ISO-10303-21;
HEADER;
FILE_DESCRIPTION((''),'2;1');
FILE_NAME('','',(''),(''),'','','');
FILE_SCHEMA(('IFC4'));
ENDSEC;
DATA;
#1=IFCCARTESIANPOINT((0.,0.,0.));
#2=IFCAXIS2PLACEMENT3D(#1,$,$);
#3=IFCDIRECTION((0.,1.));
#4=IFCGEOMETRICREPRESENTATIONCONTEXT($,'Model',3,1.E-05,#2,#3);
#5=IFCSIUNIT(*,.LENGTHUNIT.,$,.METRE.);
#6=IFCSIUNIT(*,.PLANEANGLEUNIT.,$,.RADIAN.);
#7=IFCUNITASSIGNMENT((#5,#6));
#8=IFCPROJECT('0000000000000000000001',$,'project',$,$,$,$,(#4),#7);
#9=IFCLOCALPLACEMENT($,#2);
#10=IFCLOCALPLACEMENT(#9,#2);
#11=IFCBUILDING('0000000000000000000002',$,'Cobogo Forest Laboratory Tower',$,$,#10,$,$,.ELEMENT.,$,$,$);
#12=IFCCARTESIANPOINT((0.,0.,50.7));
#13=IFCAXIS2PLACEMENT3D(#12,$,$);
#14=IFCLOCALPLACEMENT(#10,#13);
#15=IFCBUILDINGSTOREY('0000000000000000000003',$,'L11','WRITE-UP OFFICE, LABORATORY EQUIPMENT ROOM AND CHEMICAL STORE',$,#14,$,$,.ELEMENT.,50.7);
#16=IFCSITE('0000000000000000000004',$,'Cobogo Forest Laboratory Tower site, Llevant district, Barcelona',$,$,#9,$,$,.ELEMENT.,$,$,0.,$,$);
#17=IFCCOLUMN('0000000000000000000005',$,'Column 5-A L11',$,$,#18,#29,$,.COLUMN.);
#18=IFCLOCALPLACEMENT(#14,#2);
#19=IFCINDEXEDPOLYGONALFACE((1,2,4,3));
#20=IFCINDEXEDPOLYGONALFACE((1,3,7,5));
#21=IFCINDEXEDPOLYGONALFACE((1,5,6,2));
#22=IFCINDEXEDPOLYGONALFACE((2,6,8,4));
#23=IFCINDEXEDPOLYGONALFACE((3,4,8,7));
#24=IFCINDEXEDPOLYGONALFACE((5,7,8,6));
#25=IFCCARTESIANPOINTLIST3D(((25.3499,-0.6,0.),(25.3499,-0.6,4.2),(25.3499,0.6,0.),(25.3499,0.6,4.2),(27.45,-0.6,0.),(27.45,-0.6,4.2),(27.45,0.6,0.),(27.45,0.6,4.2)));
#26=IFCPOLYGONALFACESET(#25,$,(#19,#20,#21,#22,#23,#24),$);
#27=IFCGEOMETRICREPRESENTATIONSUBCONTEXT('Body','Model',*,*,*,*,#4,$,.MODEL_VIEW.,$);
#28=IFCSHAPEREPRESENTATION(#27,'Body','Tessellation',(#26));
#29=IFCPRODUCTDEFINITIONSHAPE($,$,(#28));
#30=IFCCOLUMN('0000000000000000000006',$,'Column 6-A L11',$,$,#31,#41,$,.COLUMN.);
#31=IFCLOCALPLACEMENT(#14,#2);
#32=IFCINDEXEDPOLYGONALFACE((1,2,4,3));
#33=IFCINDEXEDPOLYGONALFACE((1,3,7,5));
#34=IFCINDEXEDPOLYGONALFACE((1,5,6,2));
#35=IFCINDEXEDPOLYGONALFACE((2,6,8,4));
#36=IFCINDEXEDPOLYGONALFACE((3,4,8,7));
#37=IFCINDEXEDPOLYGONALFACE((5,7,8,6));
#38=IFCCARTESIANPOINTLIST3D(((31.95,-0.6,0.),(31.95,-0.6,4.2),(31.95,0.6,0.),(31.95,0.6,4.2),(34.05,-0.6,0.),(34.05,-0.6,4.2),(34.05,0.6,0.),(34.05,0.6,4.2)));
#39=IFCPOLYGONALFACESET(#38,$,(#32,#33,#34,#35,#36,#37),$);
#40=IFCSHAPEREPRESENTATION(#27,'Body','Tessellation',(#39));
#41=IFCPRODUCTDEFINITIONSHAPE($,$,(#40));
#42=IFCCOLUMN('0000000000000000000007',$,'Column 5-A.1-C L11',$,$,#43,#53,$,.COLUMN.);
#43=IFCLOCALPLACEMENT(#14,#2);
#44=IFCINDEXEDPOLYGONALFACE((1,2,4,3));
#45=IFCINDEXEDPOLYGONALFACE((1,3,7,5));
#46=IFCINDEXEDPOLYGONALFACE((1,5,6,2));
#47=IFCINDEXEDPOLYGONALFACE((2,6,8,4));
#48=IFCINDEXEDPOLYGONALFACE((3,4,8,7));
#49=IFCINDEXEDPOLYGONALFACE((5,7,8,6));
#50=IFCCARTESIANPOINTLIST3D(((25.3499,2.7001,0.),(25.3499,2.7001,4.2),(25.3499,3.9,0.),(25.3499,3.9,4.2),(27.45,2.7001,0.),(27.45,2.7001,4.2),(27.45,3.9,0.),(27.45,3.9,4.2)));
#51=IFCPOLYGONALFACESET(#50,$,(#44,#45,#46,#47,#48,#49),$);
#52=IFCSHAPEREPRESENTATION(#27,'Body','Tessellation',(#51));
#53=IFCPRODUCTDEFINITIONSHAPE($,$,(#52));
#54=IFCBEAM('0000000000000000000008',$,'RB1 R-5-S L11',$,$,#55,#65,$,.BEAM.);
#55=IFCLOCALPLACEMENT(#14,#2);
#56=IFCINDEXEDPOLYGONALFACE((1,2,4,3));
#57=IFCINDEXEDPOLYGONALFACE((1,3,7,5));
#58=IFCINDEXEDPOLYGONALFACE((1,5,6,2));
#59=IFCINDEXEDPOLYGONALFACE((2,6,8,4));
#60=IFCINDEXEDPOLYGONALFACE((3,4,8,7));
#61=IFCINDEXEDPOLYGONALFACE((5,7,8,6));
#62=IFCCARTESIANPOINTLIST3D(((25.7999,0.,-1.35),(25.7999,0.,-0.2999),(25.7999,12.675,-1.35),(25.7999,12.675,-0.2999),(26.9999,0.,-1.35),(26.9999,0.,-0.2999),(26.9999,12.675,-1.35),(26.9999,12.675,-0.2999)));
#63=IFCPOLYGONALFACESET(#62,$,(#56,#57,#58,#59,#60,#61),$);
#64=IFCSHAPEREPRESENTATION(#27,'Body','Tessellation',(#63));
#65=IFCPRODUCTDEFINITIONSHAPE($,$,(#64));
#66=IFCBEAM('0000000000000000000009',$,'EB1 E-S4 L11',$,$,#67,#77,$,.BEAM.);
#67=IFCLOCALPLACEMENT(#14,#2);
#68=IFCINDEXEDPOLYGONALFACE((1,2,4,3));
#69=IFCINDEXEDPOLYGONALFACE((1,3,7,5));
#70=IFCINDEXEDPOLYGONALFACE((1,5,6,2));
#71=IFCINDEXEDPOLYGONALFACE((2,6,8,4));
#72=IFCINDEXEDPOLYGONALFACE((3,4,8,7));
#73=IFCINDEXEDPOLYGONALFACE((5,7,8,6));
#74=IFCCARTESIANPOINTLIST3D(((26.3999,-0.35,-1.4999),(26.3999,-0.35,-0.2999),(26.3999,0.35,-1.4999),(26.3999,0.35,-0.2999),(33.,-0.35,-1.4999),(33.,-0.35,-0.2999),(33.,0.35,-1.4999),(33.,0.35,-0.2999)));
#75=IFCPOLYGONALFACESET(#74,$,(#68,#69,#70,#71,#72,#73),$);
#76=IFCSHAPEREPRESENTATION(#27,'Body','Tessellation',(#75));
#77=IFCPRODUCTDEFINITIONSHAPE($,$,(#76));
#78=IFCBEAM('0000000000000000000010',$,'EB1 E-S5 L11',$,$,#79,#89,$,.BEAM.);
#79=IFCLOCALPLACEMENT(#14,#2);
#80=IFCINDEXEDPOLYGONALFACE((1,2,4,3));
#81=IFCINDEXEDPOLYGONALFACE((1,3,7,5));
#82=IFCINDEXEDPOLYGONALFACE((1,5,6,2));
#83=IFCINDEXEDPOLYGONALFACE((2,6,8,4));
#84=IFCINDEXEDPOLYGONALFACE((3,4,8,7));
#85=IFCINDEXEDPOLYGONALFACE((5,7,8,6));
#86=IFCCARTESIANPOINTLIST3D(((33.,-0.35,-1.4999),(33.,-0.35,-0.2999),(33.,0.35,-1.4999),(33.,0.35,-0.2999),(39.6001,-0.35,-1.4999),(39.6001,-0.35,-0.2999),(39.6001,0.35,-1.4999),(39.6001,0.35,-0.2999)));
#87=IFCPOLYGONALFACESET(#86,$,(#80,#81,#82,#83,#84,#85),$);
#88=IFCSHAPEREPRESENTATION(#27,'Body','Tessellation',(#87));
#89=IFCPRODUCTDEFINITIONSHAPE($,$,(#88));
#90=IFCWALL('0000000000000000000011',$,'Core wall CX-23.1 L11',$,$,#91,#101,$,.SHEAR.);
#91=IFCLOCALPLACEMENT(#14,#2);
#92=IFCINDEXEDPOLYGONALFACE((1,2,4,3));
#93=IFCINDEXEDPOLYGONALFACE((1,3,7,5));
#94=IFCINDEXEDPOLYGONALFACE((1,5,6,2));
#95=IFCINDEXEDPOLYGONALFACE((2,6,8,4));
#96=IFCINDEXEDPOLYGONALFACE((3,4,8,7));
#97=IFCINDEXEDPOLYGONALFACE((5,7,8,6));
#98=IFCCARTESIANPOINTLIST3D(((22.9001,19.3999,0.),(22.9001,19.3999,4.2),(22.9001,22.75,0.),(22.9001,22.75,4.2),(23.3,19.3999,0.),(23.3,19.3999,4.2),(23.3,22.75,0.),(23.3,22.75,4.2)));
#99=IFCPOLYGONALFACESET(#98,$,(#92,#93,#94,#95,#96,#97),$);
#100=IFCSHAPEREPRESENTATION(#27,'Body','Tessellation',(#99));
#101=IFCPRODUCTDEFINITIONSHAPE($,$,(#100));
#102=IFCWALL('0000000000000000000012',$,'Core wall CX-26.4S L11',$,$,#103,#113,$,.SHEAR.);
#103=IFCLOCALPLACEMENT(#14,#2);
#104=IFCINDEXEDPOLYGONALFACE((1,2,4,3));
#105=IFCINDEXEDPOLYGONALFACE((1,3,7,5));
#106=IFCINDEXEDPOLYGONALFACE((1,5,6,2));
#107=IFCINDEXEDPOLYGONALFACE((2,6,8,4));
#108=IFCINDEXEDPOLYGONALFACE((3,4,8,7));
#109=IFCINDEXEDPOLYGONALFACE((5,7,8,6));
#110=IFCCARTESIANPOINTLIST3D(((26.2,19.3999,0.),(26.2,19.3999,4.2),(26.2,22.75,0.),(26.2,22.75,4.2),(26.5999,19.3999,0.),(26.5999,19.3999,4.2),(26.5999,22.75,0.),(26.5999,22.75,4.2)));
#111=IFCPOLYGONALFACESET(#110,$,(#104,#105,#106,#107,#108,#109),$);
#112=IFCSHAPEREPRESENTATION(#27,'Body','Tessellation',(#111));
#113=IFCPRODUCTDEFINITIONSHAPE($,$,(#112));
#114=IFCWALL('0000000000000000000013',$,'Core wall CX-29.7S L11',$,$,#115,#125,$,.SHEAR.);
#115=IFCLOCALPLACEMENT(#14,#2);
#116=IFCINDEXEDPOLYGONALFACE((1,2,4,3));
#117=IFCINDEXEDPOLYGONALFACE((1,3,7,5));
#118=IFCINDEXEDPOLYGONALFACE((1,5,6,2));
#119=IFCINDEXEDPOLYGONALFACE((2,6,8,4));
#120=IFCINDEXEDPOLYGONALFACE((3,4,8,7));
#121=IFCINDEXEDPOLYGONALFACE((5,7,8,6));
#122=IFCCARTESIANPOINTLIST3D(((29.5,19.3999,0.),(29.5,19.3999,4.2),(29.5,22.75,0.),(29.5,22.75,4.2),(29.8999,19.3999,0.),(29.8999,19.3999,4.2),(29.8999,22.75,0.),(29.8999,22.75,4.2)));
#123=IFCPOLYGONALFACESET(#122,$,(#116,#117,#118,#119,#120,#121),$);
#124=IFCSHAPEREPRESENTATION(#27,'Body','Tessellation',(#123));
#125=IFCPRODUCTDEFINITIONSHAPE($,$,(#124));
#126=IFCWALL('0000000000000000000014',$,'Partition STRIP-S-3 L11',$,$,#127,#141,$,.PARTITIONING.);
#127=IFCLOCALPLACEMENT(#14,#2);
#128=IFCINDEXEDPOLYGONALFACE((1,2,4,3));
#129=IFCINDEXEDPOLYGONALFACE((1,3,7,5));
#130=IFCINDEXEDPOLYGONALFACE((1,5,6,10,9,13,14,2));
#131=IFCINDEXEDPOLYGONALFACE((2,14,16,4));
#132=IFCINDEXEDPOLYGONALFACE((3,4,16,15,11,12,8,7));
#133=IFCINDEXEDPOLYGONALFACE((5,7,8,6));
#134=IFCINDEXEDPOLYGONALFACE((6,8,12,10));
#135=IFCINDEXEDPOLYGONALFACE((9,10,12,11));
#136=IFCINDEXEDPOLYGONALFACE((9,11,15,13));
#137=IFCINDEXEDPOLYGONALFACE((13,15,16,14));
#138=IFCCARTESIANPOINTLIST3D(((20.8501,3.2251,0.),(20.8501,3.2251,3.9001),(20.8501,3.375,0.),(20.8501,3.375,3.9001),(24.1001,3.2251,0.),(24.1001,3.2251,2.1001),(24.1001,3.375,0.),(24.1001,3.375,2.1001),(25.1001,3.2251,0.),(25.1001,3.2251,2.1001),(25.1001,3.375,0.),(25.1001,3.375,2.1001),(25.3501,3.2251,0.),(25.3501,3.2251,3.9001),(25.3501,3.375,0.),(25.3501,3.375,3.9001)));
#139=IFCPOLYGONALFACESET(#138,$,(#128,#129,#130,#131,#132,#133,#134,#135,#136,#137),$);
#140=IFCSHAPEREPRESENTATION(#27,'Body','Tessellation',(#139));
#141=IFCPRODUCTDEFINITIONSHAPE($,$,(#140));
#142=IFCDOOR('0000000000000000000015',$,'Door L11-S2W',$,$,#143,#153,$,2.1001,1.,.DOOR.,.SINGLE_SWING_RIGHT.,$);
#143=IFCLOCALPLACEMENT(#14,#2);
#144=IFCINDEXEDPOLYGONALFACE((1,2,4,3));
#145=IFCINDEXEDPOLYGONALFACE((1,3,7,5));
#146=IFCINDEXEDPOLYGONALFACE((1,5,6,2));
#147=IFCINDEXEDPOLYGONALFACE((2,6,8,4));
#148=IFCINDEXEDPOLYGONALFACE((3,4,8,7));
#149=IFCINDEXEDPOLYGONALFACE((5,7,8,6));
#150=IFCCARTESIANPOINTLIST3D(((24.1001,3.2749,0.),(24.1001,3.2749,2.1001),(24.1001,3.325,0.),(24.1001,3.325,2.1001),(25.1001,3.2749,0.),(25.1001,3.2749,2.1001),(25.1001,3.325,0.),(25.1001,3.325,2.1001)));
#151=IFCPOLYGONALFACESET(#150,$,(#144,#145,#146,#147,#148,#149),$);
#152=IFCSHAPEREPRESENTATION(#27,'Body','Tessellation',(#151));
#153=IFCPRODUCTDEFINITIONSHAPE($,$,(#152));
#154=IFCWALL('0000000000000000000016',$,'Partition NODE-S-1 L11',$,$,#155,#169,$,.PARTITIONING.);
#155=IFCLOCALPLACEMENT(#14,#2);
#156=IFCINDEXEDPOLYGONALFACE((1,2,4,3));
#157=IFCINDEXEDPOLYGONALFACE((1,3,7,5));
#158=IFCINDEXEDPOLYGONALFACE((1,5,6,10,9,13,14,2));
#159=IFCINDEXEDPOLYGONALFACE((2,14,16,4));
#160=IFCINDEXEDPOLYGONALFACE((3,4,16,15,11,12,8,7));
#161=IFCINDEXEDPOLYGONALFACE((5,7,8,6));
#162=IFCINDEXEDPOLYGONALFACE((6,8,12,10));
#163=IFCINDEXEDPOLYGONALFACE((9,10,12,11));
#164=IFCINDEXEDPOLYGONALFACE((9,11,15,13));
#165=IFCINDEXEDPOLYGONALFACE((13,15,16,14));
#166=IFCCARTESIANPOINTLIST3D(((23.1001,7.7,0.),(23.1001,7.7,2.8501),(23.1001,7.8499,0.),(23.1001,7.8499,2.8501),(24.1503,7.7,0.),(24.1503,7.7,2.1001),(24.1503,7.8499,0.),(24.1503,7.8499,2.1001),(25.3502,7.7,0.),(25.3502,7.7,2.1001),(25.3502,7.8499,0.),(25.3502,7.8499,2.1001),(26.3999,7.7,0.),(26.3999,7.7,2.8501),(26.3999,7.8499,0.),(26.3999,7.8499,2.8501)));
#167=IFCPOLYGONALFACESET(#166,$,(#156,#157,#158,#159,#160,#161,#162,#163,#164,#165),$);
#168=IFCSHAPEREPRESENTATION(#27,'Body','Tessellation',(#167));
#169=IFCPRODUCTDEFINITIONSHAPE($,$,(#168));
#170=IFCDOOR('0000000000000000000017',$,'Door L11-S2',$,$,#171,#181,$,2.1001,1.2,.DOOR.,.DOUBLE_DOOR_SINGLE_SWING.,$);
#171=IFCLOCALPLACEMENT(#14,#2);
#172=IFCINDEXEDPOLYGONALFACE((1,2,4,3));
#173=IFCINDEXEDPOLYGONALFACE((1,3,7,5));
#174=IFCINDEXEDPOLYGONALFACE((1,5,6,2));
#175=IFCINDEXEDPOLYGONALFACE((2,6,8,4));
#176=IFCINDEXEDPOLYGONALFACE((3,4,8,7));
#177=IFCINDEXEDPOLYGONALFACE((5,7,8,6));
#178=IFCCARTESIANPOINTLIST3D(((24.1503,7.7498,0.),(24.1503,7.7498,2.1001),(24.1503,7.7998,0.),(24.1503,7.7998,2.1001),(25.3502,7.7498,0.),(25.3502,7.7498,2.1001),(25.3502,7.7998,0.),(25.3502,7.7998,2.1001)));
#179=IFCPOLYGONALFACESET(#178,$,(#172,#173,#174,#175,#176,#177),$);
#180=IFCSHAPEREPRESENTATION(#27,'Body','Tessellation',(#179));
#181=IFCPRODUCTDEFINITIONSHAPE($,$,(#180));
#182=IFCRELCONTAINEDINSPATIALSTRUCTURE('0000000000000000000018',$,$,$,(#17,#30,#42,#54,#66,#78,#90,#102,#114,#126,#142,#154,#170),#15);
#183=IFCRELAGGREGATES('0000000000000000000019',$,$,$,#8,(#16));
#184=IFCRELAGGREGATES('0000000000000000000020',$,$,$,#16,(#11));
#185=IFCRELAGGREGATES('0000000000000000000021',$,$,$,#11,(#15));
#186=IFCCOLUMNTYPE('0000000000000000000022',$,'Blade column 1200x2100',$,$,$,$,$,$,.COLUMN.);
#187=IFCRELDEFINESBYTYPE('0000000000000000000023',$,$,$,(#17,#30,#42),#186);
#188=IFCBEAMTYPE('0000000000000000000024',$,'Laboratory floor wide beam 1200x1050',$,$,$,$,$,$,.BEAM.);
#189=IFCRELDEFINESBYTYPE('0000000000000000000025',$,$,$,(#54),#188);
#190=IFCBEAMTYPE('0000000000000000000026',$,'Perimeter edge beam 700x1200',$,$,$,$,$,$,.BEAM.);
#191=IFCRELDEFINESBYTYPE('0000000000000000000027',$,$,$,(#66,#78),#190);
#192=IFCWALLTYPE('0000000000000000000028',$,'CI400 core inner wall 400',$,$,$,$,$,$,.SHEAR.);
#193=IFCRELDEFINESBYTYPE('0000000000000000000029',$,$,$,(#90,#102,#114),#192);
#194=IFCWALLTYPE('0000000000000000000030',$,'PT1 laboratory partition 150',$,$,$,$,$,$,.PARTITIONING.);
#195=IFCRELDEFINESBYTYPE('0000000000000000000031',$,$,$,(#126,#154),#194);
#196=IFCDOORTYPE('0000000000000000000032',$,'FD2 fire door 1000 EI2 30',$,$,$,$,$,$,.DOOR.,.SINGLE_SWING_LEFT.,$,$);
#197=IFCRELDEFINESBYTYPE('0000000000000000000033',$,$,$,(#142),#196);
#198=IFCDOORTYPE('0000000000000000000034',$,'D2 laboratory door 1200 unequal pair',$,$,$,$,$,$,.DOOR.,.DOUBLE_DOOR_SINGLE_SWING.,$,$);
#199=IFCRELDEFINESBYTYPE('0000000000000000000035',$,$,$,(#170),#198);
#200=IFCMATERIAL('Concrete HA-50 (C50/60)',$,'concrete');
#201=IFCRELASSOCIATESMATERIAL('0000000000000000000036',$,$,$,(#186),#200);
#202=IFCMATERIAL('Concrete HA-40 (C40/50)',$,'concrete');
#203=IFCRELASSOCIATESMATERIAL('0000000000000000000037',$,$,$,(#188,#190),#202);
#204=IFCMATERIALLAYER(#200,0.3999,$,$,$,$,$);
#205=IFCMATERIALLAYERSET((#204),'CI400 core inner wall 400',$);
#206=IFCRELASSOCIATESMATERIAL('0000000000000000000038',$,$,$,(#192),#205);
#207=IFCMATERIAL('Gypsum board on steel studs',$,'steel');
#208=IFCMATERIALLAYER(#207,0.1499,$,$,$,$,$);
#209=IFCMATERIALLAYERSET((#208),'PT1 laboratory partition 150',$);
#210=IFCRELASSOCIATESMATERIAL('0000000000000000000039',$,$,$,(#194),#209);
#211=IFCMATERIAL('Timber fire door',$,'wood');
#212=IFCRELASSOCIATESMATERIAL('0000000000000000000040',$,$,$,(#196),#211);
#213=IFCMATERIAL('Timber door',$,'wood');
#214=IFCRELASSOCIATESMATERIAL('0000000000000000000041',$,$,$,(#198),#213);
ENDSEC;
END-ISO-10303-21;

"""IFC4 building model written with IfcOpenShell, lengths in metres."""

from ifc_helpers import new_model, si_unit, direction, frame, frame_2d, origin, origin_2d, place, context, subcontext, project, spatial, rectangle, extrude, material, layer, layer_set, material_profile, profile_set, type_object, element, fill, save


model = new_model("IFC4")

# Units and contexts
model_context = context("Model", 3, precision=1e-05, world=origin(), true_north=direction((0.0, 1.0)))
body_context = subcontext(model_context, "Body", "Model", "MODEL_VIEW")
ifc_project = project(units=[si_unit("LENGTHUNIT", "METRE"), si_unit("PLANEANGLEUNIT", "RADIAN")], contexts=[model_context])

# Site, building, storey
site_placement = place(None, origin())
site = spatial("IfcSite", under=ifc_project, at=site_placement, Name="Cobogo Forest Laboratory Tower site, Llevant district, Barcelona", CompositionType="ELEMENT", RefElevation=0.0)
building_placement = place(site_placement, origin())
building = spatial("IfcBuilding", under=site, at=building_placement, Name="Cobogo Forest Laboratory Tower", CompositionType="ELEMENT")
storey_placement = place(building_placement, frame((0.0, 0.0, 50.7)))
storey = spatial("IfcBuildingStorey", under=building, at=storey_placement, Name="L11", Description="WRITE-UP OFFICE, LABORATORY EQUIPMENT ROOM AND CHEMICAL STORE", CompositionType="ELEMENT", Elevation=50.7)

# Columns
ifc_material_1 = material(Name="Concrete HA-50 (C50/60)", Category="concrete")
ifc_material_profile_1 = material_profile(ifc_material_1, rectangle(XDim=2.1001, YDim=1.2, at=origin_2d()), Name="RC 1200x2100")
ifc_profile_set_1 = profile_set([ifc_material_profile_1], Name="Concrete HA-50 (C50/60)")
column_type = type_object("IfcColumnType", Name="Blade column 1200x2100", PredefinedType="COLUMN", material=ifc_profile_set_1)
for number, where, z_axis, x_axis, name in (
    (1, (26.3999, 0.0, 0.0), (0.0, 0.0, 1.0), (1.0, 0.0, 0.0), "Column 5-A L11"),
    (2, (33.0, 0.0, 0.0), (0.0, 0.0, 1.0), (1.0, 0.0, 0.0), "Column 6-A L11"),
    (3, (26.3999, 3.3, 0.0), (0.0, 0.0, 1.0), (1.0, 0.0, 0.0), "Column 5-A.1-C L11"),
):
    element("IfcColumn", number, at=place(storey_placement, frame(where, z_axis=z_axis, x_axis=x_axis)), inside=storey, type_object=column_type, Name=name, PredefinedType="COLUMN", context=body_context, shape_type="SweptSolid", body=[
        extrude(rectangle(XDim=2.1001, YDim=1.2, at=origin_2d()), origin(), (0.0, 0.0, 1.0), 4.2),
    ])

# Beams
ifc_material_2 = material(Name="Concrete HA-40 (C40/50)", Category="concrete")
ifc_material_profile_2 = material_profile(ifc_material_2, rectangle(XDim=1.2, YDim=1.05, at=origin_2d()), Name="RC 1200x1050")
ifc_profile_set_2 = profile_set([ifc_material_profile_2], Name="Concrete HA-40 (C40/50)")
beam_type_1 = type_object("IfcBeamType", Name="Laboratory floor wide beam 1200x1050", PredefinedType="BEAM", material=ifc_profile_set_2)
beam_placement = place(storey_placement, frame((26.3999, 12.675, -0.825), z_axis=(0.0, -1.0, 0.0), x_axis=(1.0, 0.0, 0.0)))
element("IfcBeam", 4, at=beam_placement, inside=storey, type_object=beam_type_1, Name="RB1 R-5-S L11", PredefinedType="BEAM", context=body_context, shape_type="SweptSolid", body=[
    extrude(rectangle(XDim=1.2, YDim=1.05, at=origin_2d()), origin(), (0.0, 0.0, 1.0), 12.675),
])
ifc_material_profile_3 = material_profile(ifc_material_2, rectangle(XDim=0.7, YDim=1.2, at=origin_2d()), Name="RC 700x1200")
ifc_profile_set_3 = profile_set([ifc_material_profile_3], Name="Concrete HA-40 (C40/50)")
beam_type_2 = type_object("IfcBeamType", Name="Perimeter edge beam 700x1200", PredefinedType="BEAM", material=ifc_profile_set_3)
for number, where, z_axis, x_axis, name in (
    (5, (26.3999, 0.0, -0.8999), (1.0, 0.0, 0.0), (0.0, 1.0, 0.0), "EB1 E-S4 L11"),
    (6, (33.0, 0.0, -0.8999), (1.0, 0.0, 0.0), (0.0, 1.0, 0.0), "EB1 E-S5 L11"),
):
    element("IfcBeam", number, at=place(storey_placement, frame(where, z_axis=z_axis, x_axis=x_axis)), inside=storey, type_object=beam_type_2, Name=name, PredefinedType="BEAM", context=body_context, shape_type="SweptSolid", body=[
        extrude(rectangle(XDim=0.7, YDim=1.2, at=origin_2d()), origin(), (0.0, 0.0, 1.0), 6.6001),
    ])

# Walls
ifc_layer_1 = layer(ifc_material_1, 0.3999)
ifc_layer_set_1 = layer_set([ifc_layer_1], Name="CI400 core inner wall 400")
wall_type_1 = type_object("IfcWallType", Name="CI400 core inner wall 400", PredefinedType="SHEAR", material=ifc_layer_set_1)
for number, where, z_axis, x_axis, name in (
    (7, (23.1001, 19.3999, 0.0), (0.0, 0.0, 1.0), (0.0, 1.0, 0.0), "Core wall CX-23.1 L11"),
    (8, (26.3999, 19.3999, 0.0), (0.0, 0.0, 1.0), (0.0, 1.0, 0.0), "Core wall CX-26.4S L11"),
    (9, (29.7, 19.3999, 0.0), (0.0, 0.0, 1.0), (0.0, 1.0, 0.0), "Core wall CX-29.7S L11"),
):
    element("IfcWall", number, at=place(storey_placement, frame(where, z_axis=z_axis, x_axis=x_axis)), inside=storey, type_object=wall_type_1, Name=name, PredefinedType="SHEAR", context=body_context, shape_type="SweptSolid", body=[
        extrude(rectangle(XDim=3.3501, YDim=0.3999, at=frame_2d((1.675, 0.0))), origin(), (0.0, 0.0, 1.0), 4.2),
    ])

# Walls, openings, doors
ifc_material_3 = material(Name="Gypsum board on steel studs", Category="steel")
ifc_layer_2 = layer(ifc_material_3, 0.1499)
ifc_layer_set_2 = layer_set([ifc_layer_2], Name="PT1 laboratory partition 150")
wall_type_2 = type_object("IfcWallType", Name="PT1 laboratory partition 150", PredefinedType="PARTITIONING", material=ifc_layer_set_2)
wall_1_placement = place(storey_placement, frame((20.8501, 3.3, 0.0), z_axis=(0.0, 0.0, 1.0), x_axis=(1.0, 0.0, 0.0)))
wall_1 = element("IfcWall", 10, at=wall_1_placement, inside=storey, type_object=wall_type_2, Name="Partition STRIP-S-3 L11", PredefinedType="PARTITIONING", context=body_context, shape_type="SweptSolid", body=[
    extrude(rectangle(XDim=4.5, YDim=0.1499, at=frame_2d((2.25, 0.0))), origin(), (0.0, 0.0, 1.0), 3.9001),
])
opening_1_placement = place(wall_1_placement, frame((3.25, 0.0, 0.0)))
opening_1 = element("IfcOpeningElement", 11, at=opening_1_placement, cuts=wall_1, PredefinedType="OPENING", context=body_context, shape_type="SweptSolid", body=[
    extrude(rectangle(XDim=1.0, YDim=2.1001, at=frame_2d((0.5, 1.05))), frame((0.0, 0.085, 0.0), z_axis=(0.0, -1.0, 0.0), x_axis=(1.0, 0.0, 0.0)), (0.0, 0.0, 1.0), 0.1699),
])
ifc_material_4 = material(Name="Timber fire door", Category="wood")
door_type_1 = type_object("IfcDoorType", Name="FD2 fire door 1000 EI2 30", OperationType="SINGLE_SWING_LEFT", PredefinedType="DOOR", material=ifc_material_4)
door_1_placement = place(opening_1_placement, origin())
door_1 = element("IfcDoor", 12, at=door_1_placement, inside=storey, type_object=door_type_1, Name="Door L11-S2W", OperationType="SINGLE_SWING_RIGHT", OverallHeight=2.1001, OverallWidth=1.0, PredefinedType="DOOR", context=body_context, shape_type="SweptSolid", body=[
    extrude(rectangle(XDim=1.0, YDim=2.1001, at=frame_2d((0.5, 1.05))), frame((0.0, 0.0249, 0.0), z_axis=(0.0, -1.0, 0.0), x_axis=(1.0, 0.0, 0.0)), (0.0, 0.0, 1.0), 0.05),
])
fill(opening_1, door_1)
wall_2_placement = place(storey_placement, frame((23.1001, 7.7749, 0.0), z_axis=(0.0, 0.0, 1.0), x_axis=(1.0, 0.0, 0.0)))
wall_2 = element("IfcWall", 13, at=wall_2_placement, inside=storey, type_object=wall_type_2, Name="Partition NODE-S-1 L11", PredefinedType="PARTITIONING", context=body_context, shape_type="SweptSolid", body=[
    extrude(rectangle(XDim=3.2998, YDim=0.1499, at=frame_2d((1.6499, 0.0))), origin(), (0.0, 0.0, 1.0), 2.8501),
])
opening_2_placement = place(wall_2_placement, frame((1.05, 0.0, 0.0)))
opening_2 = element("IfcOpeningElement", 14, at=opening_2_placement, cuts=wall_2, PredefinedType="OPENING", context=body_context, shape_type="SweptSolid", body=[
    extrude(rectangle(XDim=1.2, YDim=2.1001, at=frame_2d((0.6001, 1.05))), frame((0.0, 0.085, 0.0), z_axis=(0.0, -1.0, 0.0), x_axis=(1.0, 0.0, 0.0)), (0.0, 0.0, 1.0), 0.1699),
])
ifc_material_5 = material(Name="Timber door", Category="wood")
door_type_2 = type_object("IfcDoorType", Name="D2 laboratory door 1200 unequal pair", OperationType="DOUBLE_DOOR_SINGLE_SWING", PredefinedType="DOOR", material=ifc_material_5)
door_2_placement = place(opening_2_placement, origin())
door_2 = element("IfcDoor", 15, at=door_2_placement, inside=storey, type_object=door_type_2, Name="Door L11-S2", OperationType="DOUBLE_DOOR_SINGLE_SWING", OverallHeight=2.1001, OverallWidth=1.2, PredefinedType="DOOR", context=body_context, shape_type="SweptSolid", body=[
    extrude(rectangle(XDim=1.2, YDim=2.1001, at=frame_2d((0.6001, 1.05))), frame((0.0, 0.0249, 0.0), z_axis=(0.0, -1.0, 0.0), x_axis=(1.0, 0.0, 0.0)), (0.0, 0.0, 1.0), 0.05),
])
fill(opening_2, door_2)

save(model, "model.ifc")
